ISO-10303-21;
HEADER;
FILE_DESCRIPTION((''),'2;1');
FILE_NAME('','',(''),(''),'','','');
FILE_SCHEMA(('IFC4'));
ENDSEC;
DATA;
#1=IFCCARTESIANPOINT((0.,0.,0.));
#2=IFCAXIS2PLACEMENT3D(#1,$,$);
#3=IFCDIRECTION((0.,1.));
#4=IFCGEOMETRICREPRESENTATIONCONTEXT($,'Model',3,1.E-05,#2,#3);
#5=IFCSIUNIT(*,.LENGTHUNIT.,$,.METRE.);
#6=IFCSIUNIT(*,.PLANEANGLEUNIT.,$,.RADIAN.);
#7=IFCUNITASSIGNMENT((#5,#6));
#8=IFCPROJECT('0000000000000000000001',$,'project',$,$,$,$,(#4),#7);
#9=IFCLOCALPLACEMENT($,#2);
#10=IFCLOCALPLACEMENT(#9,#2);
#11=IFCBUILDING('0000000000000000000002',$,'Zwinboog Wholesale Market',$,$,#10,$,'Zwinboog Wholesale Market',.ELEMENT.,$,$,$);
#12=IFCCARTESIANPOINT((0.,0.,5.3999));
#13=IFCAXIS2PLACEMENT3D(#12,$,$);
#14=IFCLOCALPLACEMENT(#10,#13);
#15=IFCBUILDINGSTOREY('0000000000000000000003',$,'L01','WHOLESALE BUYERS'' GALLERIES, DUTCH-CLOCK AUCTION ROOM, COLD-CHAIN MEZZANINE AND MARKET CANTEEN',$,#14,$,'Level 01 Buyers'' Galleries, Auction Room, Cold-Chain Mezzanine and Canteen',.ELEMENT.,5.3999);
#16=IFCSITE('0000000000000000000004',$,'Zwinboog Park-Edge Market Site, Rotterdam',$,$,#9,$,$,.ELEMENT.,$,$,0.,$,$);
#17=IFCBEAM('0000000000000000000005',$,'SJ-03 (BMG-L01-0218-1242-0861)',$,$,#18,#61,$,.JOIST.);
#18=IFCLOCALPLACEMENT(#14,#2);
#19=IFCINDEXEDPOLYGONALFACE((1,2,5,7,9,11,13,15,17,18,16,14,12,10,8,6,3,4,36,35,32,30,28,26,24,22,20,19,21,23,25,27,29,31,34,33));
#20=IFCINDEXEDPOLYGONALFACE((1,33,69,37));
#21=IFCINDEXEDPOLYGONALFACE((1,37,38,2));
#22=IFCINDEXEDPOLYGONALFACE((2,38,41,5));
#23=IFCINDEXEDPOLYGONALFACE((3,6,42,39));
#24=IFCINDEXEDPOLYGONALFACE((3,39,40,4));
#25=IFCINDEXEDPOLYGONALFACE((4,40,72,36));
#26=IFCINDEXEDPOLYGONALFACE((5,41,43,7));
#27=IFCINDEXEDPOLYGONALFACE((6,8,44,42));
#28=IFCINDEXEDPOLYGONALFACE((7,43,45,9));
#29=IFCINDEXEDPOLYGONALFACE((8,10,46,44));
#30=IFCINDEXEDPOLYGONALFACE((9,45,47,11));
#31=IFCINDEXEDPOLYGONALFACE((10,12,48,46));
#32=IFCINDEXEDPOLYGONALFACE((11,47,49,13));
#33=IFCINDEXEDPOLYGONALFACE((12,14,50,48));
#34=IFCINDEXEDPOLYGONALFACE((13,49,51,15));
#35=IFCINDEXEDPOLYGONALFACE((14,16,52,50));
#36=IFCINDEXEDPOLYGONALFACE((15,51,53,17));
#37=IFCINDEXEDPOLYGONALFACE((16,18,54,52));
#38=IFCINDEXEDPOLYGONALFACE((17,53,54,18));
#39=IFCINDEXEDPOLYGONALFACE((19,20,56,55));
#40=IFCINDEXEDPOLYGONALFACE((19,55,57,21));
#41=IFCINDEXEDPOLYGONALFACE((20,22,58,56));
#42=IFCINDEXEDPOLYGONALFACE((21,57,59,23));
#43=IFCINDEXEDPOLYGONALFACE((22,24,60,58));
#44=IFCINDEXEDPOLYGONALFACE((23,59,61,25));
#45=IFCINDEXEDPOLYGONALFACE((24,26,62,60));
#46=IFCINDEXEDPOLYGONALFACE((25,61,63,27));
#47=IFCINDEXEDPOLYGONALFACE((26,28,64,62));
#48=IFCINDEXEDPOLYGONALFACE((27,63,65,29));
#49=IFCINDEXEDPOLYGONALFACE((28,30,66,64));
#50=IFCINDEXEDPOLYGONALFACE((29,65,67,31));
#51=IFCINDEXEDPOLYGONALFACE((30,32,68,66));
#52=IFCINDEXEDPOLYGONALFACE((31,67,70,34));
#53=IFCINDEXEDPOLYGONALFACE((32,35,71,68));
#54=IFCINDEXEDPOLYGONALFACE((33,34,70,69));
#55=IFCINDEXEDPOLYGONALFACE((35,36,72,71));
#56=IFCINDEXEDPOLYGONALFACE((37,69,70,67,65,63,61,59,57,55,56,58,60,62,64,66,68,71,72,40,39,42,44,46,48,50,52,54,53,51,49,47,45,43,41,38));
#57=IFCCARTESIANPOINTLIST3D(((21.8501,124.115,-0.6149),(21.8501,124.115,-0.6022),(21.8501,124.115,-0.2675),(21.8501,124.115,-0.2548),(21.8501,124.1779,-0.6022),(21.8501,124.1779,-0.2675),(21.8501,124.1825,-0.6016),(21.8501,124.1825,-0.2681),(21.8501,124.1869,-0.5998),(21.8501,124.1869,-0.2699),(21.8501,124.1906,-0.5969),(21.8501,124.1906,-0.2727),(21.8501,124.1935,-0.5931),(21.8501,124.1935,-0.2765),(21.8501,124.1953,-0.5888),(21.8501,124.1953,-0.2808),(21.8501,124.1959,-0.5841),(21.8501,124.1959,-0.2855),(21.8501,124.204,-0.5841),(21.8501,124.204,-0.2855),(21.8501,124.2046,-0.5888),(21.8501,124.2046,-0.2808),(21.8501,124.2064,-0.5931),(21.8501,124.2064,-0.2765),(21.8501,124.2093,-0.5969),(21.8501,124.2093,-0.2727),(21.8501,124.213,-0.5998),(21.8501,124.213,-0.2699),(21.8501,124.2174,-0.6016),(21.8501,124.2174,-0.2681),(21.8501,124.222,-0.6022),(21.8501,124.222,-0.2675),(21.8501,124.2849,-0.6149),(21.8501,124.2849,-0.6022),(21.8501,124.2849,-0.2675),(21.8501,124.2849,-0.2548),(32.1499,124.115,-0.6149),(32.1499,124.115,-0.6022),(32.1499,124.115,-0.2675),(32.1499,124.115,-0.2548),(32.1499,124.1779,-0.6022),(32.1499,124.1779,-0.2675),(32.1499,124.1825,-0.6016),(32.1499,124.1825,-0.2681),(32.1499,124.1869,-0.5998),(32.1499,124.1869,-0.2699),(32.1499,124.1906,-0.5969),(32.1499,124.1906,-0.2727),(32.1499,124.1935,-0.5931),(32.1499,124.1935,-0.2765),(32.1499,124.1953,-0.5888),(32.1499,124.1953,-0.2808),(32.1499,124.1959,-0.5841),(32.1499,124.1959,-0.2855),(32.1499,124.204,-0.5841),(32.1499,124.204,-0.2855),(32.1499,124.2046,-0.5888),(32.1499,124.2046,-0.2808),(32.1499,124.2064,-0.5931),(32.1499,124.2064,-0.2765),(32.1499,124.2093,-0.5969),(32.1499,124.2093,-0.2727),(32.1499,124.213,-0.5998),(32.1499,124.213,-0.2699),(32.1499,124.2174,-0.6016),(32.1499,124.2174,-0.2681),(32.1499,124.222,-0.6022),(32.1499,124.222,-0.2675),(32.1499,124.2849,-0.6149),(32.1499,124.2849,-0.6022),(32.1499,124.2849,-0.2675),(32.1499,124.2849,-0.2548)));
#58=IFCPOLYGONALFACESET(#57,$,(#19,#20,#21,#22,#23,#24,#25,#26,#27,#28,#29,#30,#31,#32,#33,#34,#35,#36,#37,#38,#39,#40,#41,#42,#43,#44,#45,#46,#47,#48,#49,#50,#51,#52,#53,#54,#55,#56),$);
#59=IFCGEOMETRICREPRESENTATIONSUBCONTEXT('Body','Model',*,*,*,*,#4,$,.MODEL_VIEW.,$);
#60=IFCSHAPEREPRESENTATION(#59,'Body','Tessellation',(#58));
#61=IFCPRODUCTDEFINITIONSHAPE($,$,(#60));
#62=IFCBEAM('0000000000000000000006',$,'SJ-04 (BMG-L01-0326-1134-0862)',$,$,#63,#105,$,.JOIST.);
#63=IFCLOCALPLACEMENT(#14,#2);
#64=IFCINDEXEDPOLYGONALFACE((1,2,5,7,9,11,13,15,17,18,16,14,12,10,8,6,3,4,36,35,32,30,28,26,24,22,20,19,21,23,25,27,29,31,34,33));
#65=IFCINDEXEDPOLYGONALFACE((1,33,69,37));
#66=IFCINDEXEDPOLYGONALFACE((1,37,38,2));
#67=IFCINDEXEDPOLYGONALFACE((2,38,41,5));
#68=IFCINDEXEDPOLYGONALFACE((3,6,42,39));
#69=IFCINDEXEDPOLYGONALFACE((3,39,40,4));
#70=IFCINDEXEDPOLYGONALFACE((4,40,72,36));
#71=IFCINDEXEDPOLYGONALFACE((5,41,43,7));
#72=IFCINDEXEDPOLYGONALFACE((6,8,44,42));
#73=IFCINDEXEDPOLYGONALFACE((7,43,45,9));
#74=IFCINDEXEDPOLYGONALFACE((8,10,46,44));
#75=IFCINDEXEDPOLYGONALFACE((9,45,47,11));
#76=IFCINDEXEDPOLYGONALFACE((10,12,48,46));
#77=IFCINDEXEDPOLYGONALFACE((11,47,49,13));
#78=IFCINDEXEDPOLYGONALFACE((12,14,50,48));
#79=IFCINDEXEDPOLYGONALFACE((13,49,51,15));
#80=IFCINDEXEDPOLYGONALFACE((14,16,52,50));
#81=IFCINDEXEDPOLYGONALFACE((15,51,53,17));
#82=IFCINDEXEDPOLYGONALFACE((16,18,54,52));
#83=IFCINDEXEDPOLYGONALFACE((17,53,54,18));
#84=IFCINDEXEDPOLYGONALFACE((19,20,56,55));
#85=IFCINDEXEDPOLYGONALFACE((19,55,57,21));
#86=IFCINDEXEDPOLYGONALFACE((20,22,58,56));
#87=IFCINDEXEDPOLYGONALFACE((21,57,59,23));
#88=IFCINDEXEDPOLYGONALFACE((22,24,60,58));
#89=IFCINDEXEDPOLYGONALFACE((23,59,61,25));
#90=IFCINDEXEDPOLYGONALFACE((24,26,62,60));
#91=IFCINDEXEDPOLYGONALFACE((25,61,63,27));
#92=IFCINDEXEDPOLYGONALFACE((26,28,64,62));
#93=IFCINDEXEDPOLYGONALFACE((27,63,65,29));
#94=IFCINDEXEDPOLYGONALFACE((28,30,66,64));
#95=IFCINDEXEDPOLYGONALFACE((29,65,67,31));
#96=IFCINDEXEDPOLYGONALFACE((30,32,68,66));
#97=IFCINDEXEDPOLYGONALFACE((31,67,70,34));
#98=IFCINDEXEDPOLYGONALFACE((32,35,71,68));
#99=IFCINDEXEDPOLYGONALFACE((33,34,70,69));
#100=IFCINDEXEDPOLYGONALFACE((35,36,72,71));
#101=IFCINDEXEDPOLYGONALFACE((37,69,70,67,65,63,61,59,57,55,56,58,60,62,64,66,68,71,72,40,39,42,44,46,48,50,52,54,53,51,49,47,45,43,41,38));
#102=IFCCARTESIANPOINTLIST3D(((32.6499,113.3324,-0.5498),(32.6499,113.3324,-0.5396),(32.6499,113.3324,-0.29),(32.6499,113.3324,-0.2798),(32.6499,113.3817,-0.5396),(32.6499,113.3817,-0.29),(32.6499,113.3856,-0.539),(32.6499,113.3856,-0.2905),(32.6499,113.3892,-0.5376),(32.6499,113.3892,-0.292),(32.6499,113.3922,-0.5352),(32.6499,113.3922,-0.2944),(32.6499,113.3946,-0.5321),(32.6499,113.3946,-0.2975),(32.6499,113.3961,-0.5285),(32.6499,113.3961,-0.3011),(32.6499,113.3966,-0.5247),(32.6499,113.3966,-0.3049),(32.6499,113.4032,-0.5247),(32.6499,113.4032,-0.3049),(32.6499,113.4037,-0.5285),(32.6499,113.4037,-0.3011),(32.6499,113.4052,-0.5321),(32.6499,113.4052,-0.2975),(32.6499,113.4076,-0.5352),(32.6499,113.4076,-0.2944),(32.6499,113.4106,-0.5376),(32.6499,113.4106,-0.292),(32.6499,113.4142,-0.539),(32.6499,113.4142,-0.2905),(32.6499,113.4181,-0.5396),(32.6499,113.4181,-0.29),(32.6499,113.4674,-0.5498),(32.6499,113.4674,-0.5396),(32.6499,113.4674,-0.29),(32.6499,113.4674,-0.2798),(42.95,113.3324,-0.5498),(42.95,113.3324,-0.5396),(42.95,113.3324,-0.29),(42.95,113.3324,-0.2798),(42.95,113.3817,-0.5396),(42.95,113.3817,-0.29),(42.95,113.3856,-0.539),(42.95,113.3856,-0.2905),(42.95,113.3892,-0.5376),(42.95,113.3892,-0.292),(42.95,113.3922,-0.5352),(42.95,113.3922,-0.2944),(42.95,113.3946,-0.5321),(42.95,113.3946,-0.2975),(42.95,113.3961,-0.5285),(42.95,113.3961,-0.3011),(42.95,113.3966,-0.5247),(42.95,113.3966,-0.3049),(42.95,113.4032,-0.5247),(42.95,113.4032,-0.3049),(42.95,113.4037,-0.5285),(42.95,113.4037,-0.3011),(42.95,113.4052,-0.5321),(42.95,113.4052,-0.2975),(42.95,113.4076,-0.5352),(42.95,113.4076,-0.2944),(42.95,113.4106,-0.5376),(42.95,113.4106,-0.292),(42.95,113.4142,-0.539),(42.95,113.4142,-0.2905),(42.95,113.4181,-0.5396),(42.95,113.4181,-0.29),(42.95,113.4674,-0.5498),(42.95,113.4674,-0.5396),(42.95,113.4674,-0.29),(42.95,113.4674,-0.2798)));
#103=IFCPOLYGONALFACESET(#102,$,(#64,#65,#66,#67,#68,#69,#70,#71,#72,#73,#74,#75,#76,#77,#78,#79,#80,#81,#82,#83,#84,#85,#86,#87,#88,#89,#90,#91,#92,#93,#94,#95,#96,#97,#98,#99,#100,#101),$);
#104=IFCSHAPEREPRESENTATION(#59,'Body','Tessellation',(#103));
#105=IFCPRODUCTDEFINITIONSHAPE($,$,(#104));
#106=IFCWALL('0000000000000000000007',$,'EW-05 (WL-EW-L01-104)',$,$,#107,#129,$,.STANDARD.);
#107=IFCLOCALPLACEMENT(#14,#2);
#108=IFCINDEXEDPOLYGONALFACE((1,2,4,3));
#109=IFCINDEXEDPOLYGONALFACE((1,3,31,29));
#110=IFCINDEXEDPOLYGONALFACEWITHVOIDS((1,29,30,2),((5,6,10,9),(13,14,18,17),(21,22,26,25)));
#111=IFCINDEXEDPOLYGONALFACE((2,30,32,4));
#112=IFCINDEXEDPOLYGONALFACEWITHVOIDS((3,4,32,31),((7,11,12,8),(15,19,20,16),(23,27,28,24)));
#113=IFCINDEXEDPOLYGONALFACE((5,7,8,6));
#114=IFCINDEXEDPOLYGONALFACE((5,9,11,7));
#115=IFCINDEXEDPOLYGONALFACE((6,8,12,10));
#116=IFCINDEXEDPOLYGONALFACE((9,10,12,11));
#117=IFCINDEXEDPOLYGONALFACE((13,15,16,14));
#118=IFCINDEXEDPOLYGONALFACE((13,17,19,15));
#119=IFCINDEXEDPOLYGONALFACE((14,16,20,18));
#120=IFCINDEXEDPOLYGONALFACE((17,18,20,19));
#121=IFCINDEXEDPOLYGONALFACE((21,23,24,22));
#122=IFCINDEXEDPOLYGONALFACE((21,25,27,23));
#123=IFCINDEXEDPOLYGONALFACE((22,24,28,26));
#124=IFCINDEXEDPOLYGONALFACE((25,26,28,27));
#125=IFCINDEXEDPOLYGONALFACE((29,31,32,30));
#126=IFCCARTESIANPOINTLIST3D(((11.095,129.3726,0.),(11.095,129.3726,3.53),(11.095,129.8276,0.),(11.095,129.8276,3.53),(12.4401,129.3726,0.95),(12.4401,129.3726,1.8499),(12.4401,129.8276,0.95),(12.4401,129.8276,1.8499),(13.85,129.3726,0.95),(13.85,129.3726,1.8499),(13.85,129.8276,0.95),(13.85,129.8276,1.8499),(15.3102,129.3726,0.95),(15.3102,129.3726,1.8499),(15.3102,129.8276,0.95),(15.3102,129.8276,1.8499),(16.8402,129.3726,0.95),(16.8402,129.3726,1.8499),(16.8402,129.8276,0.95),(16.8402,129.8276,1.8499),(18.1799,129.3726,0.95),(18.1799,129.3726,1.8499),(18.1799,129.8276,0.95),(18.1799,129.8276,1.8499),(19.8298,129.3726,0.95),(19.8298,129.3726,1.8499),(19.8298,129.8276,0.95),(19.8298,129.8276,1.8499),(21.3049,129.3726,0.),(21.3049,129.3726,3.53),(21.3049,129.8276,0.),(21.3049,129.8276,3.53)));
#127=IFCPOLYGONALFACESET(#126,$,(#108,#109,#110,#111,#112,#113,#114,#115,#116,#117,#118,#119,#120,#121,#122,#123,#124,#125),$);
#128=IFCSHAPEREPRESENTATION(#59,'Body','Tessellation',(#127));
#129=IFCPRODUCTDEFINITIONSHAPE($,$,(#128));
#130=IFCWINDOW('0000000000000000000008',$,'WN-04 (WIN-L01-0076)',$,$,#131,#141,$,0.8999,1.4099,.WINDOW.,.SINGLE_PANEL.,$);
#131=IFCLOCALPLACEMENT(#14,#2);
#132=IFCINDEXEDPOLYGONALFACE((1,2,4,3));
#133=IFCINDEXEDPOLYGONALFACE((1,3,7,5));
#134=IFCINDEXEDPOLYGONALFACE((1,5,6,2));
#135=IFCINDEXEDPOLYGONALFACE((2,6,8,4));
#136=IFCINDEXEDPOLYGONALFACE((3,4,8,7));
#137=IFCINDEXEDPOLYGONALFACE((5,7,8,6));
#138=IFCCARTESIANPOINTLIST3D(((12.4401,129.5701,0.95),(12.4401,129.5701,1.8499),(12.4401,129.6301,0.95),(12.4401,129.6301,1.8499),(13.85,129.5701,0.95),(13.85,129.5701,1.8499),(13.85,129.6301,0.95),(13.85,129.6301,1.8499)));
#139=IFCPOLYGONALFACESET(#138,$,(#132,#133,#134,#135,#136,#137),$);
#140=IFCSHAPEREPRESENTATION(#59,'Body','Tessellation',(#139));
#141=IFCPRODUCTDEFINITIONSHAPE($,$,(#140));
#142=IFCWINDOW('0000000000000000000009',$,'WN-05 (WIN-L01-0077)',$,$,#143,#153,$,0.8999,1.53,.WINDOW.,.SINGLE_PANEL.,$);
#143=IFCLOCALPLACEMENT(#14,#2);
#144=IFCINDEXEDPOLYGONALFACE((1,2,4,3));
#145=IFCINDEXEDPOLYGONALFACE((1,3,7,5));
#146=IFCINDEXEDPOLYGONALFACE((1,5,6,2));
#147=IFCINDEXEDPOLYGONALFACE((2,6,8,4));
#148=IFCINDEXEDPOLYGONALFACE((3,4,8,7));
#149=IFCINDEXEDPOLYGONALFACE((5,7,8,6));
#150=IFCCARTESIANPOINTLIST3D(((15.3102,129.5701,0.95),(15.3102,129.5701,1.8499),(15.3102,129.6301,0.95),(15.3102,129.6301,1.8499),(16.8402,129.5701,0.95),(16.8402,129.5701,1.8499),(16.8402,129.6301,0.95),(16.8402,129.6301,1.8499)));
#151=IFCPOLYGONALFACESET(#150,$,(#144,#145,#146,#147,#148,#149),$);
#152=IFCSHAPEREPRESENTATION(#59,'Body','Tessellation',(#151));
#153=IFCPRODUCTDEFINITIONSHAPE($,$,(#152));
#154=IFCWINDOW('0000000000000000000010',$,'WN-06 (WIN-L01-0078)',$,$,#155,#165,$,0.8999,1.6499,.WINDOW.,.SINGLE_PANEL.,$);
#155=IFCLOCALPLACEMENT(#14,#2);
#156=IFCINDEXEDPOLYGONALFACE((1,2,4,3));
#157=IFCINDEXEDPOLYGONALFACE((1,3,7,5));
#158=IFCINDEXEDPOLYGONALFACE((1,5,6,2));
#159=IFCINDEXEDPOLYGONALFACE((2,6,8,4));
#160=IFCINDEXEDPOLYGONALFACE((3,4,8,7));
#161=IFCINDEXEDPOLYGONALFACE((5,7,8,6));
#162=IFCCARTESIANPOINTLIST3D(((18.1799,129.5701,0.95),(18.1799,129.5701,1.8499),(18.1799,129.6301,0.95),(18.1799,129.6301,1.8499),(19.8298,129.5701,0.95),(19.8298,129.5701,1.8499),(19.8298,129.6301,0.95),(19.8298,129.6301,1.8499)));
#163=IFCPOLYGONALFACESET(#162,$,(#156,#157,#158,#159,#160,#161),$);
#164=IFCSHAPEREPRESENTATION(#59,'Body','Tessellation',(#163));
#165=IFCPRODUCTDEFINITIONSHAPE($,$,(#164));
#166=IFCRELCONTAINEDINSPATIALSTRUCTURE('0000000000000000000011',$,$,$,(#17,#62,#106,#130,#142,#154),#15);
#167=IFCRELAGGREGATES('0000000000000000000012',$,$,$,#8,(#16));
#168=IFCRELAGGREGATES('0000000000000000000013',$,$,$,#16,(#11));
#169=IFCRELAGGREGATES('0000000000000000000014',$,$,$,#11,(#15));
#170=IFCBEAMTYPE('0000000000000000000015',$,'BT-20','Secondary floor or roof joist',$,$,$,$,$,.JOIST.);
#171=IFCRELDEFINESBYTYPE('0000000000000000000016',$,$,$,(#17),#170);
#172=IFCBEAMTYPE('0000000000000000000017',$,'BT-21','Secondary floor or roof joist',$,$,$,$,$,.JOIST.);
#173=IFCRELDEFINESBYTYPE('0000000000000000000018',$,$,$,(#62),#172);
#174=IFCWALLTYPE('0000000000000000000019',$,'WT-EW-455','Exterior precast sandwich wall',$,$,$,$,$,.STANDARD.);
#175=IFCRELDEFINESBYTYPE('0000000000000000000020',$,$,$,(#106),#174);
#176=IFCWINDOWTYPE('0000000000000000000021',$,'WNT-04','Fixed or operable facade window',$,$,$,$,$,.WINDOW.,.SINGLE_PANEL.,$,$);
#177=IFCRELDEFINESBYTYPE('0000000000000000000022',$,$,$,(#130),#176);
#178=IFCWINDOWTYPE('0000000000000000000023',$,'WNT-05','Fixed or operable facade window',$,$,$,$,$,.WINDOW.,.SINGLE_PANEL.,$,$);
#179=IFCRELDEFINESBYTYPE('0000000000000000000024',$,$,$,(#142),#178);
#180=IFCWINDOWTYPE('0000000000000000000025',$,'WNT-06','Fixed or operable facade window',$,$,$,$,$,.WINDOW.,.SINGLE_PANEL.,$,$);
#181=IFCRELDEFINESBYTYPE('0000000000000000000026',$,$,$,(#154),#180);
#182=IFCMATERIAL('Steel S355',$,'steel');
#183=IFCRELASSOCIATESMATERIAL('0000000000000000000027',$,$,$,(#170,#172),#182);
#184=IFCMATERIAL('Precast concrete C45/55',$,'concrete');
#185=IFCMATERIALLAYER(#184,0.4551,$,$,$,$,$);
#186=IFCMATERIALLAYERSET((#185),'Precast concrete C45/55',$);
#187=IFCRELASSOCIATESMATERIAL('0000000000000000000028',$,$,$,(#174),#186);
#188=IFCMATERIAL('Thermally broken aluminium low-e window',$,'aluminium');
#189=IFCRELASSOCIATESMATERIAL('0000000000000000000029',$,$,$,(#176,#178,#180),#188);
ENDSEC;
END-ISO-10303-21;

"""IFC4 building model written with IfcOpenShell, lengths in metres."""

from ifc_helpers import new_model, si_unit, direction, frame, frame_2d, origin, origin_2d, place, context, subcontext, project, spatial, rectangle, i_section, extrude, material, layer, layer_set, material_profile, profile_set, type_object, element, fill, save


model = new_model("IFC4")

# Units and contexts
model_context = context("Model", 3, precision=1e-05, world=origin(), true_north=direction((0.0, 1.0)))
body_context = subcontext(model_context, "Body", "Model", "MODEL_VIEW")
ifc_project = project(units=[si_unit("LENGTHUNIT", "METRE"), si_unit("PLANEANGLEUNIT", "RADIAN")], contexts=[model_context])

# Site, building, storey
site_placement = place(None, origin())
site = spatial("IfcSite", under=ifc_project, at=site_placement, Name="Zwinboog Park-Edge Market Site, Rotterdam", CompositionType="ELEMENT", RefElevation=0.0)
building_placement = place(site_placement, origin())
building = spatial("IfcBuilding", under=site, at=building_placement, Name="Zwinboog Wholesale Market", LongName="Zwinboog Wholesale Market", CompositionType="ELEMENT")
storey_placement = place(building_placement, frame((0.0, 0.0, 5.3999)))
storey = spatial("IfcBuildingStorey", under=building, at=storey_placement, Name="L01", Description="WHOLESALE BUYERS' GALLERIES, DUTCH-CLOCK AUCTION ROOM, COLD-CHAIN MEZZANINE AND MARKET CANTEEN", LongName="Level 01 Buyers' Galleries, Auction Room, Cold-Chain Mezzanine and Canteen", CompositionType="ELEMENT", Elevation=5.3999)

# Shared definitions
ifc_material_1 = material(Name="Precast concrete C45/55", Category="concrete")

# Beams
ifc_material_2 = material(Name="Steel S355", Category="steel")
ifc_material_profile_1 = material_profile(ifc_material_2, i_section(OverallWidth=0.1699, OverallDepth=0.3601, WebThickness=0.0081, FlangeThickness=0.0127, FilletRadius=0.0181, at=origin_2d()), Name="IPE 360")
ifc_profile_set_1 = profile_set([ifc_material_profile_1], Name="Steel S355")
beam_type_1 = type_object("IfcBeamType", Name="BT-20", Description="Secondary floor or roof joist", PredefinedType="JOIST", material=ifc_profile_set_1)
beam_1_placement = place(storey_placement, frame((21.8501, 124.2, -0.4348), z_axis=(1.0, 0.0, 0.0), x_axis=(0.0, 1.0, 0.0)))
element("IfcBeam", 1, at=beam_1_placement, inside=storey, type_object=beam_type_1, Name="SJ-03 (BMG-L01-0218-1242-0861)", PredefinedType="JOIST", context=body_context, shape_type="SweptSolid", body=[
    extrude(i_section(OverallWidth=0.1699, OverallDepth=0.3601, WebThickness=0.0081, FlangeThickness=0.0127, FilletRadius=0.0181, at=origin_2d()), origin(), (0.0, 0.0, 1.0), 10.2998),
])
ifc_material_profile_2 = material_profile(ifc_material_2, i_section(OverallWidth=0.135, OverallDepth=0.27, WebThickness=0.0066, FlangeThickness=0.0103, FilletRadius=0.0149, at=origin_2d()), Name="IPE 270")
ifc_profile_set_2 = profile_set([ifc_material_profile_2], Name="Steel S355")
beam_type_2 = type_object("IfcBeamType", Name="BT-21", Description="Secondary floor or roof joist", PredefinedType="JOIST", material=ifc_profile_set_2)
beam_2_placement = place(storey_placement, frame((32.6499, 113.3999, -0.4148), z_axis=(1.0, 0.0, 0.0), x_axis=(0.0, 1.0, 0.0)))
element("IfcBeam", 2, at=beam_2_placement, inside=storey, type_object=beam_type_2, Name="SJ-04 (BMG-L01-0326-1134-0862)", PredefinedType="JOIST", context=body_context, shape_type="SweptSolid", body=[
    extrude(i_section(OverallWidth=0.135, OverallDepth=0.27, WebThickness=0.0066, FlangeThickness=0.0103, FilletRadius=0.0149, at=origin_2d()), origin(), (0.0, 0.0, 1.0), 10.3),
])

# Wall, openings, windows
ifc_layer_1 = layer(ifc_material_1, 0.4551)
ifc_layer_set_1 = layer_set([ifc_layer_1], Name="Precast concrete C45/55")
wall_type_1 = type_object("IfcWallType", Name="WT-EW-455", Description="Exterior precast sandwich wall", PredefinedType="STANDARD", material=ifc_layer_set_1)
wall_1_placement = place(storey_placement, frame((11.095, 129.6001, 0.0), z_axis=(0.0, 0.0, 1.0), x_axis=(1.0, 0.0, 0.0)))
wall_1 = element("IfcWall", 3, at=wall_1_placement, inside=storey, type_object=wall_type_1, Name="EW-05 (WL-EW-L01-104)", PredefinedType="STANDARD", context=body_context, shape_type="SweptSolid", body=[
    extrude(rectangle(XDim=10.21, YDim=0.4551, at=frame_2d((5.105, 0.0))), origin(), (0.0, 0.0, 1.0), 3.53),
])
opening_1_placement = place(wall_1_placement, frame((1.345, 0.0, 0.95)))
opening_1 = element("IfcOpeningElement", 4, at=opening_1_placement, cuts=wall_1, PredefinedType="OPENING", context=body_context, shape_type="SweptSolid", body=[
    extrude(rectangle(XDim=1.4099, YDim=0.8999, at=frame_2d((0.7051, 0.45))), frame((0.0, 0.2375, 0.0), z_axis=(0.0, -1.0, 0.0), x_axis=(1.0, 0.0, 0.0)), (0.0, 0.0, 1.0), 0.4751),
])
opening_2_placement = place(wall_1_placement, frame((4.2151, 0.0, 0.95)))
opening_2 = element("IfcOpeningElement", 5, at=opening_2_placement, cuts=wall_1, PredefinedType="OPENING", context=body_context, shape_type="SweptSolid", body=[
    extrude(rectangle(XDim=1.53, YDim=0.8999, at=frame_2d((0.7651, 0.45))), frame((0.0, 0.2375, 0.0), z_axis=(0.0, -1.0, 0.0), x_axis=(1.0, 0.0, 0.0)), (0.0, 0.0, 1.0), 0.4751),
])
opening_3_placement = place(wall_1_placement, frame((7.085, 0.0, 0.95)))
opening_3 = element("IfcOpeningElement", 6, at=opening_3_placement, cuts=wall_1, PredefinedType="OPENING", context=body_context, shape_type="SweptSolid", body=[
    extrude(rectangle(XDim=1.6499, YDim=0.8999, at=frame_2d((0.825, 0.45))), frame((0.0, 0.2375, 0.0), z_axis=(0.0, -1.0, 0.0), x_axis=(1.0, 0.0, 0.0)), (0.0, 0.0, 1.0), 0.4751),
])
ifc_material_3 = material(Name="Thermally broken aluminium low-e window", Category="aluminium")
window_type_1 = type_object("IfcWindowType", Name="WNT-04", Description="Fixed or operable facade window", PartitioningType="SINGLE_PANEL", PredefinedType="WINDOW", material=ifc_material_3)
window_1_placement = place(opening_1_placement, origin())
window_1 = element("IfcWindow", 7, at=window_1_placement, inside=storey, type_object=window_type_1, Name="WN-04 (WIN-L01-0076)", OverallHeight=0.8999, OverallWidth=1.4099, PartitioningType="SINGLE_PANEL", PredefinedType="WINDOW", context=body_context, shape_type="SweptSolid", body=[
    extrude(rectangle(XDim=1.4099, YDim=0.8999, at=frame_2d((0.7051, 0.45))), frame((0.0, 0.03, 0.0), z_axis=(0.0, -1.0, 0.0), x_axis=(1.0, 0.0, 0.0)), (0.0, 0.0, 1.0), 0.0601),
])
fill(opening_1, window_1)
window_type_2 = type_object("IfcWindowType", Name="WNT-05", Description="Fixed or operable facade window", PartitioningType="SINGLE_PANEL", PredefinedType="WINDOW", material=ifc_material_3)
window_2_placement = place(opening_2_placement, origin())
window_2 = element("IfcWindow", 8, at=window_2_placement, inside=storey, type_object=window_type_2, Name="WN-05 (WIN-L01-0077)", OverallHeight=0.8999, OverallWidth=1.53, PartitioningType="SINGLE_PANEL", PredefinedType="WINDOW", context=body_context, shape_type="SweptSolid", body=[
    extrude(rectangle(XDim=1.53, YDim=0.8999, at=frame_2d((0.7651, 0.45))), frame((0.0, 0.03, 0.0), z_axis=(0.0, -1.0, 0.0), x_axis=(1.0, 0.0, 0.0)), (0.0, 0.0, 1.0), 0.0601),
])
fill(opening_2, window_2)
window_type_3 = type_object("IfcWindowType", Name="WNT-06", Description="Fixed or operable facade window", PartitioningType="SINGLE_PANEL", PredefinedType="WINDOW", material=ifc_material_3)
window_3_placement = place(opening_3_placement, origin())
window_3 = element("IfcWindow", 9, at=window_3_placement, inside=storey, type_object=window_type_3, Name="WN-06 (WIN-L01-0078)", OverallHeight=0.8999, OverallWidth=1.6499, PartitioningType="SINGLE_PANEL", PredefinedType="WINDOW", context=body_context, shape_type="SweptSolid", body=[
    extrude(rectangle(XDim=1.6499, YDim=0.8999, at=frame_2d((0.825, 0.45))), frame((0.0, 0.03, 0.0), z_axis=(0.0, -1.0, 0.0), x_axis=(1.0, 0.0, 0.0)), (0.0, 0.0, 1.0), 0.0601),
])
fill(opening_3, window_3)

save(model, "model.ifc")
